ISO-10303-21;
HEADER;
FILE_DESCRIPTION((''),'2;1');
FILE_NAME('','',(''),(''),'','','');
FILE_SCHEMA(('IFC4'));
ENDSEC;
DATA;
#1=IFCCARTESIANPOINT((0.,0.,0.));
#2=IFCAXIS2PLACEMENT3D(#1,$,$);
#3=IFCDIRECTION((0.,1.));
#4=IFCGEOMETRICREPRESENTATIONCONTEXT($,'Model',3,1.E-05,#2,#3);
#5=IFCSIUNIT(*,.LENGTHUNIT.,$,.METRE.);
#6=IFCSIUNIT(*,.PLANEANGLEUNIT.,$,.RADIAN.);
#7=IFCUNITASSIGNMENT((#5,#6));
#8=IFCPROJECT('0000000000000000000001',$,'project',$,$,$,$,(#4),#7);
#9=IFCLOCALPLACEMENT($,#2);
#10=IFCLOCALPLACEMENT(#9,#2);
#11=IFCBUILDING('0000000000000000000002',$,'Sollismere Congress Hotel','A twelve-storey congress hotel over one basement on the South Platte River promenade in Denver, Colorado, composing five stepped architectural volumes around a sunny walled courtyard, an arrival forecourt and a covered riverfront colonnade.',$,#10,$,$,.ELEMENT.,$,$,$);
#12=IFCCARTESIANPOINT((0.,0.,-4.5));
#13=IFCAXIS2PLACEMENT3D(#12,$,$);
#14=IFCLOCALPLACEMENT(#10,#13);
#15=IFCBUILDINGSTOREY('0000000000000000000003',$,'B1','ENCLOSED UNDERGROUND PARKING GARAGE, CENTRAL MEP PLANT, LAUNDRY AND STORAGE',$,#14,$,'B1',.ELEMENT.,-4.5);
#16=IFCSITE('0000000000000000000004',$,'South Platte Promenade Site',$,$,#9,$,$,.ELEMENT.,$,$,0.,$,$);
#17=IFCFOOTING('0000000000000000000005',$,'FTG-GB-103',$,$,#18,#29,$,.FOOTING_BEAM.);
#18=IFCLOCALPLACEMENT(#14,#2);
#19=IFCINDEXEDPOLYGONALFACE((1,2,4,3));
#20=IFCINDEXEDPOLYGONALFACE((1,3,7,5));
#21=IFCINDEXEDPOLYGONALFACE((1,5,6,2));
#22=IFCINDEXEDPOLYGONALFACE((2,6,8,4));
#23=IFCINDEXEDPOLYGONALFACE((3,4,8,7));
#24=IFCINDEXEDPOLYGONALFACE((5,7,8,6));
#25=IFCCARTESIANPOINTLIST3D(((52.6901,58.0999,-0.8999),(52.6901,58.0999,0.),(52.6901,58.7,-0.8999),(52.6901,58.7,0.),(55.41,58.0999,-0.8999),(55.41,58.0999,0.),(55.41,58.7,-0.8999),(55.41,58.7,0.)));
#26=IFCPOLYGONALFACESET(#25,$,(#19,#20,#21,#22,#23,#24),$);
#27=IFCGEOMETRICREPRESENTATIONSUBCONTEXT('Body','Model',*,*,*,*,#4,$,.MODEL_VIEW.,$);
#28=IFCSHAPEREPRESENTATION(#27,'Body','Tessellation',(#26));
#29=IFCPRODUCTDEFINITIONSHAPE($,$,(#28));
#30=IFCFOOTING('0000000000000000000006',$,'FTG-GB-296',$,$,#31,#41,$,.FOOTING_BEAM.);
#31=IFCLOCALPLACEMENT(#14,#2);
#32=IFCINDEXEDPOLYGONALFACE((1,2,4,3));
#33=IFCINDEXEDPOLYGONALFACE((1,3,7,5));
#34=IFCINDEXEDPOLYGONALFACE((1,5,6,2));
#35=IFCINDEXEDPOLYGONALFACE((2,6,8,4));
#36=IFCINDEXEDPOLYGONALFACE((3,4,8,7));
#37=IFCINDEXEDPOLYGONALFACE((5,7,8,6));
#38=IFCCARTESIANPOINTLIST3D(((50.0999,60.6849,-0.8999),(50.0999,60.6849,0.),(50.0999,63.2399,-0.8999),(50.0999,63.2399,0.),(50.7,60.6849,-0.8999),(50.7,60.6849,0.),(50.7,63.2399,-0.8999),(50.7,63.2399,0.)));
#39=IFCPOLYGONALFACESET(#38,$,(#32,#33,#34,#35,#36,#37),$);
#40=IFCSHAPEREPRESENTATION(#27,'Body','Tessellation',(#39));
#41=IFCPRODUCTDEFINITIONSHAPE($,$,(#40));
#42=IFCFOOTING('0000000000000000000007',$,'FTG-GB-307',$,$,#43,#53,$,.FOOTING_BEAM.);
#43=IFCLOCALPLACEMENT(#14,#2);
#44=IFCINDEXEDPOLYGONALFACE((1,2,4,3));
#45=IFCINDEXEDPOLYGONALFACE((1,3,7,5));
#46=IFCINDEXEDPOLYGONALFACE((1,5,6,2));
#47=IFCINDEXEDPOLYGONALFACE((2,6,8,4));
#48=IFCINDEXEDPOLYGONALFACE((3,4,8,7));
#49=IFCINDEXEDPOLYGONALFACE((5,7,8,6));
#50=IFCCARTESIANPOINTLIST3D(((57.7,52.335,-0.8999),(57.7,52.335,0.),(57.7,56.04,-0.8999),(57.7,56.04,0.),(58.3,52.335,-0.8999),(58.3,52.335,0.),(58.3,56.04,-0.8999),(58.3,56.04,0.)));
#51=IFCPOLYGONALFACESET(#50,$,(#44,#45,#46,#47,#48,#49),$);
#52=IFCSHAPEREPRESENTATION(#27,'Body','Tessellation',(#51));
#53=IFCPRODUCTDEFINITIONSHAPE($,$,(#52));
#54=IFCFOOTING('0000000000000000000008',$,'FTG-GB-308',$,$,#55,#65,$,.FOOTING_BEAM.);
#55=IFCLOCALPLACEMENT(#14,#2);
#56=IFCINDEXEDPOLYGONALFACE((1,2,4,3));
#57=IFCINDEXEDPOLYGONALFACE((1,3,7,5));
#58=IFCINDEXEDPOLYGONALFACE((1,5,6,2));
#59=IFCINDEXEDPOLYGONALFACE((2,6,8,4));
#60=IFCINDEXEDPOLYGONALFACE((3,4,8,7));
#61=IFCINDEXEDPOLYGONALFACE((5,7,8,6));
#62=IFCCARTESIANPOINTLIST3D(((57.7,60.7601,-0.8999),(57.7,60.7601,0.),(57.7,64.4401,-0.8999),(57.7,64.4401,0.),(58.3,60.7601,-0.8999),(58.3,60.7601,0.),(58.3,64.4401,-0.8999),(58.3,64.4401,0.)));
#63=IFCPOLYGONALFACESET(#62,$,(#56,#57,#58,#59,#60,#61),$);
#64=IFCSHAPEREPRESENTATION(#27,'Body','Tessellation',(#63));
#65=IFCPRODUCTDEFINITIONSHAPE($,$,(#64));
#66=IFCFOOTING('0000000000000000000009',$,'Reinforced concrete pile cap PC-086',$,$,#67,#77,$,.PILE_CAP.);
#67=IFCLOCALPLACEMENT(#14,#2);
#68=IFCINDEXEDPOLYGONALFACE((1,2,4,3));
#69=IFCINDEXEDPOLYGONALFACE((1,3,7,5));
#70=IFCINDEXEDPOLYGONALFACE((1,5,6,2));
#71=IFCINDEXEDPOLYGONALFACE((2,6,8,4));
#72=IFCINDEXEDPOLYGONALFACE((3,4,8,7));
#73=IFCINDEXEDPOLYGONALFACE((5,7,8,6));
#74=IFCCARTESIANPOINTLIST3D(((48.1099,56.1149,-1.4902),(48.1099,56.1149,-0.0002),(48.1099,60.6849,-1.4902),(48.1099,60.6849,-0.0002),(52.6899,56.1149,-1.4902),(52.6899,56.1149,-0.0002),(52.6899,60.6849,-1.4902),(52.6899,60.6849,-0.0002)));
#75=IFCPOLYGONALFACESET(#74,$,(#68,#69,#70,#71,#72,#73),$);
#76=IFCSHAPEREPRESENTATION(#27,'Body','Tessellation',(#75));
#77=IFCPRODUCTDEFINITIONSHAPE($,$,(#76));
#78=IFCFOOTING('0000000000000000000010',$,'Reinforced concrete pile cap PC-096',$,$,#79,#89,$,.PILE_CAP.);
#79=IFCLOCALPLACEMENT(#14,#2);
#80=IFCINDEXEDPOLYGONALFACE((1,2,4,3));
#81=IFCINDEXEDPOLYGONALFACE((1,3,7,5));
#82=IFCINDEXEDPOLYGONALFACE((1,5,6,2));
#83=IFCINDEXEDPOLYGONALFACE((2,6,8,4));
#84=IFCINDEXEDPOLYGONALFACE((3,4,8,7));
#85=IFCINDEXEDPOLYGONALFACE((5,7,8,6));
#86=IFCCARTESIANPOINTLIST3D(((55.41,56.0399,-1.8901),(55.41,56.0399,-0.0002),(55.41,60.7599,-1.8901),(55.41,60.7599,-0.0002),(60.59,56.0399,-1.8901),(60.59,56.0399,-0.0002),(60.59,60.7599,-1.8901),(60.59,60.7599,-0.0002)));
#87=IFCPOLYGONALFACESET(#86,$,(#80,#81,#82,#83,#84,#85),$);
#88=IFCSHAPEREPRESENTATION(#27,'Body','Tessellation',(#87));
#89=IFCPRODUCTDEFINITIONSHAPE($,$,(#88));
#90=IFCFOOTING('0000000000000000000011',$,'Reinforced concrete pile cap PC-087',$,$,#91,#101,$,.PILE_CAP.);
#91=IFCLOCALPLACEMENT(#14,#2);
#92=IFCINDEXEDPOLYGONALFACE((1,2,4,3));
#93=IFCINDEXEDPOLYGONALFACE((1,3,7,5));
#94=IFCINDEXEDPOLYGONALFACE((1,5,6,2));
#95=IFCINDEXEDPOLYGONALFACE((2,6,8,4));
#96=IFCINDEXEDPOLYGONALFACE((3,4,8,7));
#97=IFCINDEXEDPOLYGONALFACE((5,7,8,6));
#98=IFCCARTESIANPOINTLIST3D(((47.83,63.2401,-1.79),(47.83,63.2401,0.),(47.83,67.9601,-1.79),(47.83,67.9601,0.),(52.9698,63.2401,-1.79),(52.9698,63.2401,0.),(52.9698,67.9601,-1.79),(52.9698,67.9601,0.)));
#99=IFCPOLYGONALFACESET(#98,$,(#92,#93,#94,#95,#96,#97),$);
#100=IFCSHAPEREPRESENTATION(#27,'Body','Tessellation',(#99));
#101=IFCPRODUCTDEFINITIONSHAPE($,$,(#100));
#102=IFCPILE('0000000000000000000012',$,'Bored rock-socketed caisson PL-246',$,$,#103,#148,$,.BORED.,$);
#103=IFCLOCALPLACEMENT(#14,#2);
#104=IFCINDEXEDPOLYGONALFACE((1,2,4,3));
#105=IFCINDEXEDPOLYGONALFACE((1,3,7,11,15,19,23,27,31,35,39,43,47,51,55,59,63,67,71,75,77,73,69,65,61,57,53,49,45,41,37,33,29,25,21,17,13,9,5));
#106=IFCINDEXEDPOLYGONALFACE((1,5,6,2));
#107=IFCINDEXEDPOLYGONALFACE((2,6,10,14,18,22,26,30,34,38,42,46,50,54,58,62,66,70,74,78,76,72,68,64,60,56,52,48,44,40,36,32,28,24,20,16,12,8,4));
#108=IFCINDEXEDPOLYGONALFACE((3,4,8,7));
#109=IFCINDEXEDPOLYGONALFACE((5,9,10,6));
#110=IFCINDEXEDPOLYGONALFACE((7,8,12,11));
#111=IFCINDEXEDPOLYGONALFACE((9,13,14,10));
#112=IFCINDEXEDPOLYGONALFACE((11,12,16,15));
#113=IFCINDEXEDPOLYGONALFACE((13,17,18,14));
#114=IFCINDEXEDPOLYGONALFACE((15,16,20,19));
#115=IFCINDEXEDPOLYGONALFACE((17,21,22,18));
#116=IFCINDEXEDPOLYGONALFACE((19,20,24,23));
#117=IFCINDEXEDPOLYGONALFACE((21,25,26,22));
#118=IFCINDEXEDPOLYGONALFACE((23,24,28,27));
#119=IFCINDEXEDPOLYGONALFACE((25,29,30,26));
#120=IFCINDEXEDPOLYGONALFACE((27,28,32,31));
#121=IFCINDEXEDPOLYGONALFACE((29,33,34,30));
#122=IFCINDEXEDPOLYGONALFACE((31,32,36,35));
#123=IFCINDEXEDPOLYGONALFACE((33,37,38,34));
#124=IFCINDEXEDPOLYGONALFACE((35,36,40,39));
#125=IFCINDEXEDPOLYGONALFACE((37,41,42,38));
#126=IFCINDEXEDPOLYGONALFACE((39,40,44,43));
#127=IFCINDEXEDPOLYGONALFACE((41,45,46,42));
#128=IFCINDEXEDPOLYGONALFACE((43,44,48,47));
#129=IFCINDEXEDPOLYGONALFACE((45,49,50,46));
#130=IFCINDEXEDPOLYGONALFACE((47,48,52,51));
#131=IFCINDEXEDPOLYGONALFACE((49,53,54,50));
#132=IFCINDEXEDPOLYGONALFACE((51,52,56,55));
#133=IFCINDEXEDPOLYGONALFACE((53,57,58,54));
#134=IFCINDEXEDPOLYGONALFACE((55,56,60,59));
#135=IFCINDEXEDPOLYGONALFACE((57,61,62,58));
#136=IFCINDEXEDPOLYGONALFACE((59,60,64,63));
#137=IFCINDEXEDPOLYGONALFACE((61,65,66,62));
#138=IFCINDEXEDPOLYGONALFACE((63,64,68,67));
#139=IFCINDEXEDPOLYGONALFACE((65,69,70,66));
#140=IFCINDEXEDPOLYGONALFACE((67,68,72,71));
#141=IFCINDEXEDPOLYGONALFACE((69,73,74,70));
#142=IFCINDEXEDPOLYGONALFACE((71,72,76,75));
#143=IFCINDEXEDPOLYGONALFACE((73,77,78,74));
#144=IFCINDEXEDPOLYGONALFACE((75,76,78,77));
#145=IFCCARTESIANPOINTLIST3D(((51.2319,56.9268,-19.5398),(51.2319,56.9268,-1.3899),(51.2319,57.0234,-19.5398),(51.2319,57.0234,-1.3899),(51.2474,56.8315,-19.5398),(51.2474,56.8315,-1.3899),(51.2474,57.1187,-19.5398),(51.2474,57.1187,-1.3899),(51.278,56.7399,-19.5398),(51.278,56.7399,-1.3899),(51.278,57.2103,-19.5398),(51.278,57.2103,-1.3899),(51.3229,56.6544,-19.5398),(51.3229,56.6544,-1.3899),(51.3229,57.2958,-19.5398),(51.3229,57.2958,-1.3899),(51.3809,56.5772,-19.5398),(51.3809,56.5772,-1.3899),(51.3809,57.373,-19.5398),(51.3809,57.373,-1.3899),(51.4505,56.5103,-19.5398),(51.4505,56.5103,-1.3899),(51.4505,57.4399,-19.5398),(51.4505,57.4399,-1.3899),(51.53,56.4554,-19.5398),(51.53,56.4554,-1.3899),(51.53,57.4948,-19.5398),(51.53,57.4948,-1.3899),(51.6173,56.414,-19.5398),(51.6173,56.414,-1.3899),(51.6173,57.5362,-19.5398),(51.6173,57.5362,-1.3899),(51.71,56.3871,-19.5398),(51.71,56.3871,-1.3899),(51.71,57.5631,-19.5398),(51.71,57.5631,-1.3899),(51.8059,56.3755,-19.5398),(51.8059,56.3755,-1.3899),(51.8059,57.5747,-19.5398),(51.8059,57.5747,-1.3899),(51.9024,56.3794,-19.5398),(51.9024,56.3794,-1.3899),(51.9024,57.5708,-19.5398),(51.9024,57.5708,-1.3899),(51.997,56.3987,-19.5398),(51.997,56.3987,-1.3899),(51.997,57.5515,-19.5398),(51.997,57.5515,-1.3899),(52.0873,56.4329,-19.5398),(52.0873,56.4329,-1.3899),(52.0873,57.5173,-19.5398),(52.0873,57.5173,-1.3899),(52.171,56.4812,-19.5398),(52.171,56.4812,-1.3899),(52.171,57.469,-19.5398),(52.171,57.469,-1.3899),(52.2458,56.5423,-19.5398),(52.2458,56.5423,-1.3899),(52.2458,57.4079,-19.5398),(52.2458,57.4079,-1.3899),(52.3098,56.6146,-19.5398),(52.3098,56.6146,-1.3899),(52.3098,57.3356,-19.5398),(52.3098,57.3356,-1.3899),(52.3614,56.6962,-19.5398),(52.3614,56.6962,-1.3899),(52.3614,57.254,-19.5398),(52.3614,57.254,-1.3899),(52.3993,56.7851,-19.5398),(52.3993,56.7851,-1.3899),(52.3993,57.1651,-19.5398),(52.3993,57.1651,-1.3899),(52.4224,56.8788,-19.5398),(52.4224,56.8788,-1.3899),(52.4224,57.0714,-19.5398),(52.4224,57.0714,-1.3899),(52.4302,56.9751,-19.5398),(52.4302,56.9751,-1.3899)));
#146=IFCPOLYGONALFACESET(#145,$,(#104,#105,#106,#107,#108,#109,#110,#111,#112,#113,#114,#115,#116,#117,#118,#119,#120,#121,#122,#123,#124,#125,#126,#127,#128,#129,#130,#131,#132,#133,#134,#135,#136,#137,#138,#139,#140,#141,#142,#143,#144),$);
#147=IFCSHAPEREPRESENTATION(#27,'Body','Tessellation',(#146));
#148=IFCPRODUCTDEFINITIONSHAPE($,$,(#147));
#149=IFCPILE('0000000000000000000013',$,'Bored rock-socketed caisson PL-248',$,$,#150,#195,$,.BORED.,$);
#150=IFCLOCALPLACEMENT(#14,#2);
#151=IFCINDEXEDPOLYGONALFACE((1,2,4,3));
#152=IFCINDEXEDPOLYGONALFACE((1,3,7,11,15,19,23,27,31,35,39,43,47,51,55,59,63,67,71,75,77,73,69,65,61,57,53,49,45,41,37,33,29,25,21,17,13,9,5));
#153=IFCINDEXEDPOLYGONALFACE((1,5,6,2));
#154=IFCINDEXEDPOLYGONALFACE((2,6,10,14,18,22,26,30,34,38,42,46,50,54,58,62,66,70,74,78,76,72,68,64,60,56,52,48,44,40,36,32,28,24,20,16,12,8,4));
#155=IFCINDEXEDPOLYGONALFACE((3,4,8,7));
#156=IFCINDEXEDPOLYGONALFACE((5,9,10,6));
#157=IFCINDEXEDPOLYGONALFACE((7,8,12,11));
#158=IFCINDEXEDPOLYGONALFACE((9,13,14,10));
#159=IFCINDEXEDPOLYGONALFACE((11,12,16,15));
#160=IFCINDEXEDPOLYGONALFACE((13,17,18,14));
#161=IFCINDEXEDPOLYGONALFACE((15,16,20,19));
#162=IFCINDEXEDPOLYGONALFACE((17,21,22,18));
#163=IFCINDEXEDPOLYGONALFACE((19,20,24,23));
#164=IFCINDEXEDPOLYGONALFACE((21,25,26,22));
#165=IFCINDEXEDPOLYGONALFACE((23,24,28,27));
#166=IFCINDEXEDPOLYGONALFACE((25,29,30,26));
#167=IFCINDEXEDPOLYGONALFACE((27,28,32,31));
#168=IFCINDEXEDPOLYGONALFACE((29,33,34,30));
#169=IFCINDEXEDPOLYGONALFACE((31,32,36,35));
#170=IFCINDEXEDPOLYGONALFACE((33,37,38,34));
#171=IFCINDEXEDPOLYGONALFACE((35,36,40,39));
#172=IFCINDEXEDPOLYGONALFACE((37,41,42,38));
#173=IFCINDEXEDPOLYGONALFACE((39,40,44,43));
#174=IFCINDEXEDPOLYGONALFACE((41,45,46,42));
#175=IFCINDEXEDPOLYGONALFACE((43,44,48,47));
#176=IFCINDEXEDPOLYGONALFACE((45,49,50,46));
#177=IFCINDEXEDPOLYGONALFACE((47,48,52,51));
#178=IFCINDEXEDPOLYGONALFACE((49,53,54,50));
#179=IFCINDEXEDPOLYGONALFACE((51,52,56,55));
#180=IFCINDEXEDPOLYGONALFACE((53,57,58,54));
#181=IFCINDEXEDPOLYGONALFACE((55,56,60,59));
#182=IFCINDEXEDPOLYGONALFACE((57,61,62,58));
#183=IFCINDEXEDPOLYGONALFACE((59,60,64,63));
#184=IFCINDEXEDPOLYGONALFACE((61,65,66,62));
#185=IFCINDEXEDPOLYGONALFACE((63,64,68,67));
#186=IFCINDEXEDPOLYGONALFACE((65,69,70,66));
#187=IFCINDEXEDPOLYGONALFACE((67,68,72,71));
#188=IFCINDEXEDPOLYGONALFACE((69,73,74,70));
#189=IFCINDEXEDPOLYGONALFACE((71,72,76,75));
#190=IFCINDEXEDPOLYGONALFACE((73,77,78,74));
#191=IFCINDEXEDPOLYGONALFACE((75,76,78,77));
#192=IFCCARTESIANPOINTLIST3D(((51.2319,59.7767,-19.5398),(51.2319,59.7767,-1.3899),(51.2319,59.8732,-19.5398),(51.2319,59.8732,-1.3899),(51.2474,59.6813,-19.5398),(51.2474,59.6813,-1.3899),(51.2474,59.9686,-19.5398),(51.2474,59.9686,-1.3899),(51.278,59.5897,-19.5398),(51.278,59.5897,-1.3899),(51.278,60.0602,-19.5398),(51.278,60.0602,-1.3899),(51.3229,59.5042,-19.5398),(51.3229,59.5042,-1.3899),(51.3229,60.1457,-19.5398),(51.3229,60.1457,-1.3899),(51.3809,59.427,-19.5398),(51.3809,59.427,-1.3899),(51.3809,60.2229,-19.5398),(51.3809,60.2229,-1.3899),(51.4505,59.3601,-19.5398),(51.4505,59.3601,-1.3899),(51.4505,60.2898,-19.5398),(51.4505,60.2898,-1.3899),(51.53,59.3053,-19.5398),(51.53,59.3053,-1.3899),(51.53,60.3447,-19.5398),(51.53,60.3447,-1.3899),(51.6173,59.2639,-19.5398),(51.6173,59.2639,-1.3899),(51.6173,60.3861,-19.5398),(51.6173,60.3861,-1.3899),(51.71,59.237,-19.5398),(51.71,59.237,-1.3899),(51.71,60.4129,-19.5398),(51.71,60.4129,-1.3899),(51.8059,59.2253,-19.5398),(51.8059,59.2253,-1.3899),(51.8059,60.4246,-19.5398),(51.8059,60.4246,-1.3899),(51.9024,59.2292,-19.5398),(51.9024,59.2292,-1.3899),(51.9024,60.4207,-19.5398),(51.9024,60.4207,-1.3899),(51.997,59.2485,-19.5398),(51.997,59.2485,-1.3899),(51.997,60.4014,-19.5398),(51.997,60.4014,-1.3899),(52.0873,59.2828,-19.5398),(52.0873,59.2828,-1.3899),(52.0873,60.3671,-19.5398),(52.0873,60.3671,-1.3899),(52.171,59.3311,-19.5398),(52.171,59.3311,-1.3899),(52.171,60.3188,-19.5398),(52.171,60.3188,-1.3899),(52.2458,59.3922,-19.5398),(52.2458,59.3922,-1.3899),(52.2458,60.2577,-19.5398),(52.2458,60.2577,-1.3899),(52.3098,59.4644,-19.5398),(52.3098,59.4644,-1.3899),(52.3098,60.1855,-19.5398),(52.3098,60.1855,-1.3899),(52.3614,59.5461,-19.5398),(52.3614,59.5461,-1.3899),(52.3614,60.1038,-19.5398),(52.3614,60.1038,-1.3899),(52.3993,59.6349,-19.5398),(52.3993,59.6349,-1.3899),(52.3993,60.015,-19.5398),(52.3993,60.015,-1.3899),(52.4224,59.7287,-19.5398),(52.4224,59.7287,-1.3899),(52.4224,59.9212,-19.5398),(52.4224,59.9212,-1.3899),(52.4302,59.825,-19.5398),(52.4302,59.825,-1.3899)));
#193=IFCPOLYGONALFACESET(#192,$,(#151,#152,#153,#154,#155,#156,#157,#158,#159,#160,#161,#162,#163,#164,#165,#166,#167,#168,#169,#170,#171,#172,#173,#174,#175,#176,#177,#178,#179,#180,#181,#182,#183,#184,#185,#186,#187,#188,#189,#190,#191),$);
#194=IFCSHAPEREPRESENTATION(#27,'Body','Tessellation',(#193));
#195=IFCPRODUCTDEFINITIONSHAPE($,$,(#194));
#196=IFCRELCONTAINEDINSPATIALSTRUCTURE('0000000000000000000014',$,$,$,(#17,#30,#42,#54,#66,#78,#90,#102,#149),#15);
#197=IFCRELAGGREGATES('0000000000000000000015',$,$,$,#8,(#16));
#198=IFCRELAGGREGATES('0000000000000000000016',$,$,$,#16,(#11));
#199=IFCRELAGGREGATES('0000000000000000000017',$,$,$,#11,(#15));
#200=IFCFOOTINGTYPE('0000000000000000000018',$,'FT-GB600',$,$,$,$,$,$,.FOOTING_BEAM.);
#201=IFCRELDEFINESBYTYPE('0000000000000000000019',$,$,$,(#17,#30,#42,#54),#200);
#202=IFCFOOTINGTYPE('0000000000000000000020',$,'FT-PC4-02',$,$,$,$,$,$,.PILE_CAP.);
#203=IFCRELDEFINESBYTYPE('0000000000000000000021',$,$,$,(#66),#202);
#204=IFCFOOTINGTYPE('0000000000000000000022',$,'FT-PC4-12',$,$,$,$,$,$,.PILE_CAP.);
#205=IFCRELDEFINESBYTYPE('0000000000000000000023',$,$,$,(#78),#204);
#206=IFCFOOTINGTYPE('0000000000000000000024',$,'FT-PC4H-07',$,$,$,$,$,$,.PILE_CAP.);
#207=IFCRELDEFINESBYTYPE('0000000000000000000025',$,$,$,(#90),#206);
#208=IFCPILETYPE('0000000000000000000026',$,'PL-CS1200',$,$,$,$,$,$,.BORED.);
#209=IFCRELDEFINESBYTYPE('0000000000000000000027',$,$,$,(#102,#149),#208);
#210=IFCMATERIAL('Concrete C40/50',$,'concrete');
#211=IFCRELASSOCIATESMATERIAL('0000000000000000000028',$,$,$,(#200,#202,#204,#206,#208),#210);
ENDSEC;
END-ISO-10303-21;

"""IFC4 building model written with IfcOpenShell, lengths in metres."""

from ifc_helpers import new_model, si_unit, direction, frame, origin, origin_2d, place, context, subcontext, project, spatial, rectangle, circle, extrude, material, material_profile, profile_set, type_object, element, save


model = new_model("IFC4")

# Units and contexts
model_context = context("Model", 3, precision=1e-05, world=origin(), true_north=direction((0.0, 1.0)))
body_context = subcontext(model_context, "Body", "Model", "MODEL_VIEW")
ifc_project = project(units=[si_unit("LENGTHUNIT", "METRE"), si_unit("PLANEANGLEUNIT", "RADIAN")], contexts=[model_context])

# Site, building, storey
site_placement = place(None, origin())
site = spatial("IfcSite", under=ifc_project, at=site_placement, Name="South Platte Promenade Site", CompositionType="ELEMENT", RefElevation=0.0)
building_placement = place(site_placement, origin())
building = spatial("IfcBuilding", under=site, at=building_placement, Name="Sollismere Congress Hotel", Description="A twelve-storey congress hotel over one basement on the South Platte River promenade in Denver, Colorado, composing five stepped architectural volumes around a sunny walled courtyard, an arrival forecourt and a covered riverfront colonnade.", CompositionType="ELEMENT")
storey_placement = place(building_placement, frame((0.0, 0.0, -4.5)))
storey = spatial("IfcBuildingStorey", under=building, at=storey_placement, Name="B1", Description="ENCLOSED UNDERGROUND PARKING GARAGE, CENTRAL MEP PLANT, LAUNDRY AND STORAGE", LongName="B1", CompositionType="ELEMENT", Elevation=-4.5)

# Footings
ifc_material_1 = material(Name="Concrete C40/50", Category="concrete")
footing_type_1 = type_object("IfcFootingType", Name="FT-GB600", PredefinedType="FOOTING_BEAM", material=ifc_material_1)
footing_1_placement = place(storey_placement, frame((54.05, 58.3999, -0.8999), z_axis=(0.0, 0.0, 1.0), x_axis=(1.0, 0.0, 0.0)))
element("IfcFooting", 1, at=footing_1_placement, inside=storey, type_object=footing_type_1, Name="FTG-GB-103", PredefinedType="FOOTING_BEAM", context=body_context, shape_type="SweptSolid", body=[
    extrude(rectangle(XDim=2.72, YDim=0.6001, at=origin_2d()), origin(), (0.0, 0.0, 1.0), 0.8999),
])
footing_2_placement = place(storey_placement, frame((50.3999, 61.9624, -0.8999), z_axis=(0.0, 0.0, 1.0), x_axis=(0.0, 1.0, 0.0)))
element("IfcFooting", 2, at=footing_2_placement, inside=storey, type_object=footing_type_1, Name="FTG-GB-296", PredefinedType="FOOTING_BEAM", context=body_context, shape_type="SweptSolid", body=[
    extrude(rectangle(XDim=2.5549, YDim=0.6001, at=origin_2d()), origin(), (0.0, 0.0, 1.0), 0.8999),
])
footing_3_placement = place(storey_placement, frame((58.0, 54.1875, -0.8999), z_axis=(0.0, 0.0, 1.0), x_axis=(0.0, 1.0, 0.0)))
element("IfcFooting", 3, at=footing_3_placement, inside=storey, type_object=footing_type_1, Name="FTG-GB-307", PredefinedType="FOOTING_BEAM", context=body_context, shape_type="SweptSolid", body=[
    extrude(rectangle(XDim=3.7051, YDim=0.6001, at=origin_2d()), origin(), (0.0, 0.0, 1.0), 0.8999),
])
footing_4_placement = place(storey_placement, frame((58.0, 62.6001, -0.8999), z_axis=(0.0, 0.0, 1.0), x_axis=(0.0, 1.0, 0.0)))
element("IfcFooting", 4, at=footing_4_placement, inside=storey, type_object=footing_type_1, Name="FTG-GB-308", PredefinedType="FOOTING_BEAM", context=body_context, shape_type="SweptSolid", body=[
    extrude(rectangle(XDim=3.6799, YDim=0.6001, at=origin_2d()), origin(), (0.0, 0.0, 1.0), 0.8999),
])
footing_type_2 = type_object("IfcFootingType", Name="FT-PC4-02", PredefinedType="PILE_CAP", material=ifc_material_1)
footing_5_placement = place(storey_placement, frame((50.3999, 58.3999, -1.4902), z_axis=(0.0, 0.0, 1.0), x_axis=(1.0, 0.0, 0.0)))
element("IfcFooting", 5, at=footing_5_placement, inside=storey, type_object=footing_type_2, Name="Reinforced concrete pile cap PC-086", PredefinedType="PILE_CAP", context=body_context, shape_type="SweptSolid", body=[
    extrude(rectangle(XDim=4.5801, YDim=4.5701, at=origin_2d()), origin(), (0.0, 0.0, 1.0), 1.49),
])
footing_type_3 = type_object("IfcFootingType", Name="FT-PC4-12", PredefinedType="PILE_CAP", material=ifc_material_1)
footing_6_placement = place(storey_placement, frame((58.0, 58.3999, -1.8901), z_axis=(0.0, 0.0, 1.0), x_axis=(1.0, 0.0, 0.0)))
element("IfcFooting", 6, at=footing_6_placement, inside=storey, type_object=footing_type_3, Name="Reinforced concrete pile cap PC-096", PredefinedType="PILE_CAP", context=body_context, shape_type="SweptSolid", body=[
    extrude(rectangle(XDim=5.1799, YDim=4.72, at=origin_2d()), origin(), (0.0, 0.0, 1.0), 1.8899),
])
footing_type_4 = type_object("IfcFootingType", Name="FT-PC4H-07", PredefinedType="PILE_CAP", material=ifc_material_1)
footing_7_placement = place(storey_placement, frame((50.3999, 65.6001, -1.79), z_axis=(0.0, 0.0, 1.0), x_axis=(1.0, 0.0, 0.0)))
element("IfcFooting", 7, at=footing_7_placement, inside=storey, type_object=footing_type_4, Name="Reinforced concrete pile cap PC-087", PredefinedType="PILE_CAP", context=body_context, shape_type="SweptSolid", body=[
    extrude(rectangle(XDim=5.1399, YDim=4.72, at=origin_2d()), origin(), (0.0, 0.0, 1.0), 1.79),
])

# Piles
ifc_material_profile_1 = material_profile(ifc_material_1, circle(Radius=0.6001, at=origin_2d()), Name="CAISSON1200")
ifc_profile_set_1 = profile_set([ifc_material_profile_1], Name="Concrete C40/50")
pile_type = type_object("IfcPileType", Name="PL-CS1200", PredefinedType="BORED", material=ifc_profile_set_1)
for number, where, z_axis, x_axis, name in (
    (8, (51.8301, 56.9751, -1.3899), (0.0, 0.0, -1.0), (1.0, 0.0, 0.0), "Bored rock-socketed caisson PL-246"),
    (9, (51.8301, 59.825, -1.3899), (0.0, 0.0, -1.0), (1.0, 0.0, 0.0), "Bored rock-socketed caisson PL-248"),
):
    element("IfcPile", number, at=place(storey_placement, frame(where, z_axis=z_axis, x_axis=x_axis)), inside=storey, type_object=pile_type, Name=name, PredefinedType="BORED", context=body_context, shape_type="SweptSolid", body=[
        extrude(circle(Radius=0.6001, at=origin_2d()), origin(), (0.0, 0.0, 1.0), 18.1499),
    ])

save(model, "model.ifc")
